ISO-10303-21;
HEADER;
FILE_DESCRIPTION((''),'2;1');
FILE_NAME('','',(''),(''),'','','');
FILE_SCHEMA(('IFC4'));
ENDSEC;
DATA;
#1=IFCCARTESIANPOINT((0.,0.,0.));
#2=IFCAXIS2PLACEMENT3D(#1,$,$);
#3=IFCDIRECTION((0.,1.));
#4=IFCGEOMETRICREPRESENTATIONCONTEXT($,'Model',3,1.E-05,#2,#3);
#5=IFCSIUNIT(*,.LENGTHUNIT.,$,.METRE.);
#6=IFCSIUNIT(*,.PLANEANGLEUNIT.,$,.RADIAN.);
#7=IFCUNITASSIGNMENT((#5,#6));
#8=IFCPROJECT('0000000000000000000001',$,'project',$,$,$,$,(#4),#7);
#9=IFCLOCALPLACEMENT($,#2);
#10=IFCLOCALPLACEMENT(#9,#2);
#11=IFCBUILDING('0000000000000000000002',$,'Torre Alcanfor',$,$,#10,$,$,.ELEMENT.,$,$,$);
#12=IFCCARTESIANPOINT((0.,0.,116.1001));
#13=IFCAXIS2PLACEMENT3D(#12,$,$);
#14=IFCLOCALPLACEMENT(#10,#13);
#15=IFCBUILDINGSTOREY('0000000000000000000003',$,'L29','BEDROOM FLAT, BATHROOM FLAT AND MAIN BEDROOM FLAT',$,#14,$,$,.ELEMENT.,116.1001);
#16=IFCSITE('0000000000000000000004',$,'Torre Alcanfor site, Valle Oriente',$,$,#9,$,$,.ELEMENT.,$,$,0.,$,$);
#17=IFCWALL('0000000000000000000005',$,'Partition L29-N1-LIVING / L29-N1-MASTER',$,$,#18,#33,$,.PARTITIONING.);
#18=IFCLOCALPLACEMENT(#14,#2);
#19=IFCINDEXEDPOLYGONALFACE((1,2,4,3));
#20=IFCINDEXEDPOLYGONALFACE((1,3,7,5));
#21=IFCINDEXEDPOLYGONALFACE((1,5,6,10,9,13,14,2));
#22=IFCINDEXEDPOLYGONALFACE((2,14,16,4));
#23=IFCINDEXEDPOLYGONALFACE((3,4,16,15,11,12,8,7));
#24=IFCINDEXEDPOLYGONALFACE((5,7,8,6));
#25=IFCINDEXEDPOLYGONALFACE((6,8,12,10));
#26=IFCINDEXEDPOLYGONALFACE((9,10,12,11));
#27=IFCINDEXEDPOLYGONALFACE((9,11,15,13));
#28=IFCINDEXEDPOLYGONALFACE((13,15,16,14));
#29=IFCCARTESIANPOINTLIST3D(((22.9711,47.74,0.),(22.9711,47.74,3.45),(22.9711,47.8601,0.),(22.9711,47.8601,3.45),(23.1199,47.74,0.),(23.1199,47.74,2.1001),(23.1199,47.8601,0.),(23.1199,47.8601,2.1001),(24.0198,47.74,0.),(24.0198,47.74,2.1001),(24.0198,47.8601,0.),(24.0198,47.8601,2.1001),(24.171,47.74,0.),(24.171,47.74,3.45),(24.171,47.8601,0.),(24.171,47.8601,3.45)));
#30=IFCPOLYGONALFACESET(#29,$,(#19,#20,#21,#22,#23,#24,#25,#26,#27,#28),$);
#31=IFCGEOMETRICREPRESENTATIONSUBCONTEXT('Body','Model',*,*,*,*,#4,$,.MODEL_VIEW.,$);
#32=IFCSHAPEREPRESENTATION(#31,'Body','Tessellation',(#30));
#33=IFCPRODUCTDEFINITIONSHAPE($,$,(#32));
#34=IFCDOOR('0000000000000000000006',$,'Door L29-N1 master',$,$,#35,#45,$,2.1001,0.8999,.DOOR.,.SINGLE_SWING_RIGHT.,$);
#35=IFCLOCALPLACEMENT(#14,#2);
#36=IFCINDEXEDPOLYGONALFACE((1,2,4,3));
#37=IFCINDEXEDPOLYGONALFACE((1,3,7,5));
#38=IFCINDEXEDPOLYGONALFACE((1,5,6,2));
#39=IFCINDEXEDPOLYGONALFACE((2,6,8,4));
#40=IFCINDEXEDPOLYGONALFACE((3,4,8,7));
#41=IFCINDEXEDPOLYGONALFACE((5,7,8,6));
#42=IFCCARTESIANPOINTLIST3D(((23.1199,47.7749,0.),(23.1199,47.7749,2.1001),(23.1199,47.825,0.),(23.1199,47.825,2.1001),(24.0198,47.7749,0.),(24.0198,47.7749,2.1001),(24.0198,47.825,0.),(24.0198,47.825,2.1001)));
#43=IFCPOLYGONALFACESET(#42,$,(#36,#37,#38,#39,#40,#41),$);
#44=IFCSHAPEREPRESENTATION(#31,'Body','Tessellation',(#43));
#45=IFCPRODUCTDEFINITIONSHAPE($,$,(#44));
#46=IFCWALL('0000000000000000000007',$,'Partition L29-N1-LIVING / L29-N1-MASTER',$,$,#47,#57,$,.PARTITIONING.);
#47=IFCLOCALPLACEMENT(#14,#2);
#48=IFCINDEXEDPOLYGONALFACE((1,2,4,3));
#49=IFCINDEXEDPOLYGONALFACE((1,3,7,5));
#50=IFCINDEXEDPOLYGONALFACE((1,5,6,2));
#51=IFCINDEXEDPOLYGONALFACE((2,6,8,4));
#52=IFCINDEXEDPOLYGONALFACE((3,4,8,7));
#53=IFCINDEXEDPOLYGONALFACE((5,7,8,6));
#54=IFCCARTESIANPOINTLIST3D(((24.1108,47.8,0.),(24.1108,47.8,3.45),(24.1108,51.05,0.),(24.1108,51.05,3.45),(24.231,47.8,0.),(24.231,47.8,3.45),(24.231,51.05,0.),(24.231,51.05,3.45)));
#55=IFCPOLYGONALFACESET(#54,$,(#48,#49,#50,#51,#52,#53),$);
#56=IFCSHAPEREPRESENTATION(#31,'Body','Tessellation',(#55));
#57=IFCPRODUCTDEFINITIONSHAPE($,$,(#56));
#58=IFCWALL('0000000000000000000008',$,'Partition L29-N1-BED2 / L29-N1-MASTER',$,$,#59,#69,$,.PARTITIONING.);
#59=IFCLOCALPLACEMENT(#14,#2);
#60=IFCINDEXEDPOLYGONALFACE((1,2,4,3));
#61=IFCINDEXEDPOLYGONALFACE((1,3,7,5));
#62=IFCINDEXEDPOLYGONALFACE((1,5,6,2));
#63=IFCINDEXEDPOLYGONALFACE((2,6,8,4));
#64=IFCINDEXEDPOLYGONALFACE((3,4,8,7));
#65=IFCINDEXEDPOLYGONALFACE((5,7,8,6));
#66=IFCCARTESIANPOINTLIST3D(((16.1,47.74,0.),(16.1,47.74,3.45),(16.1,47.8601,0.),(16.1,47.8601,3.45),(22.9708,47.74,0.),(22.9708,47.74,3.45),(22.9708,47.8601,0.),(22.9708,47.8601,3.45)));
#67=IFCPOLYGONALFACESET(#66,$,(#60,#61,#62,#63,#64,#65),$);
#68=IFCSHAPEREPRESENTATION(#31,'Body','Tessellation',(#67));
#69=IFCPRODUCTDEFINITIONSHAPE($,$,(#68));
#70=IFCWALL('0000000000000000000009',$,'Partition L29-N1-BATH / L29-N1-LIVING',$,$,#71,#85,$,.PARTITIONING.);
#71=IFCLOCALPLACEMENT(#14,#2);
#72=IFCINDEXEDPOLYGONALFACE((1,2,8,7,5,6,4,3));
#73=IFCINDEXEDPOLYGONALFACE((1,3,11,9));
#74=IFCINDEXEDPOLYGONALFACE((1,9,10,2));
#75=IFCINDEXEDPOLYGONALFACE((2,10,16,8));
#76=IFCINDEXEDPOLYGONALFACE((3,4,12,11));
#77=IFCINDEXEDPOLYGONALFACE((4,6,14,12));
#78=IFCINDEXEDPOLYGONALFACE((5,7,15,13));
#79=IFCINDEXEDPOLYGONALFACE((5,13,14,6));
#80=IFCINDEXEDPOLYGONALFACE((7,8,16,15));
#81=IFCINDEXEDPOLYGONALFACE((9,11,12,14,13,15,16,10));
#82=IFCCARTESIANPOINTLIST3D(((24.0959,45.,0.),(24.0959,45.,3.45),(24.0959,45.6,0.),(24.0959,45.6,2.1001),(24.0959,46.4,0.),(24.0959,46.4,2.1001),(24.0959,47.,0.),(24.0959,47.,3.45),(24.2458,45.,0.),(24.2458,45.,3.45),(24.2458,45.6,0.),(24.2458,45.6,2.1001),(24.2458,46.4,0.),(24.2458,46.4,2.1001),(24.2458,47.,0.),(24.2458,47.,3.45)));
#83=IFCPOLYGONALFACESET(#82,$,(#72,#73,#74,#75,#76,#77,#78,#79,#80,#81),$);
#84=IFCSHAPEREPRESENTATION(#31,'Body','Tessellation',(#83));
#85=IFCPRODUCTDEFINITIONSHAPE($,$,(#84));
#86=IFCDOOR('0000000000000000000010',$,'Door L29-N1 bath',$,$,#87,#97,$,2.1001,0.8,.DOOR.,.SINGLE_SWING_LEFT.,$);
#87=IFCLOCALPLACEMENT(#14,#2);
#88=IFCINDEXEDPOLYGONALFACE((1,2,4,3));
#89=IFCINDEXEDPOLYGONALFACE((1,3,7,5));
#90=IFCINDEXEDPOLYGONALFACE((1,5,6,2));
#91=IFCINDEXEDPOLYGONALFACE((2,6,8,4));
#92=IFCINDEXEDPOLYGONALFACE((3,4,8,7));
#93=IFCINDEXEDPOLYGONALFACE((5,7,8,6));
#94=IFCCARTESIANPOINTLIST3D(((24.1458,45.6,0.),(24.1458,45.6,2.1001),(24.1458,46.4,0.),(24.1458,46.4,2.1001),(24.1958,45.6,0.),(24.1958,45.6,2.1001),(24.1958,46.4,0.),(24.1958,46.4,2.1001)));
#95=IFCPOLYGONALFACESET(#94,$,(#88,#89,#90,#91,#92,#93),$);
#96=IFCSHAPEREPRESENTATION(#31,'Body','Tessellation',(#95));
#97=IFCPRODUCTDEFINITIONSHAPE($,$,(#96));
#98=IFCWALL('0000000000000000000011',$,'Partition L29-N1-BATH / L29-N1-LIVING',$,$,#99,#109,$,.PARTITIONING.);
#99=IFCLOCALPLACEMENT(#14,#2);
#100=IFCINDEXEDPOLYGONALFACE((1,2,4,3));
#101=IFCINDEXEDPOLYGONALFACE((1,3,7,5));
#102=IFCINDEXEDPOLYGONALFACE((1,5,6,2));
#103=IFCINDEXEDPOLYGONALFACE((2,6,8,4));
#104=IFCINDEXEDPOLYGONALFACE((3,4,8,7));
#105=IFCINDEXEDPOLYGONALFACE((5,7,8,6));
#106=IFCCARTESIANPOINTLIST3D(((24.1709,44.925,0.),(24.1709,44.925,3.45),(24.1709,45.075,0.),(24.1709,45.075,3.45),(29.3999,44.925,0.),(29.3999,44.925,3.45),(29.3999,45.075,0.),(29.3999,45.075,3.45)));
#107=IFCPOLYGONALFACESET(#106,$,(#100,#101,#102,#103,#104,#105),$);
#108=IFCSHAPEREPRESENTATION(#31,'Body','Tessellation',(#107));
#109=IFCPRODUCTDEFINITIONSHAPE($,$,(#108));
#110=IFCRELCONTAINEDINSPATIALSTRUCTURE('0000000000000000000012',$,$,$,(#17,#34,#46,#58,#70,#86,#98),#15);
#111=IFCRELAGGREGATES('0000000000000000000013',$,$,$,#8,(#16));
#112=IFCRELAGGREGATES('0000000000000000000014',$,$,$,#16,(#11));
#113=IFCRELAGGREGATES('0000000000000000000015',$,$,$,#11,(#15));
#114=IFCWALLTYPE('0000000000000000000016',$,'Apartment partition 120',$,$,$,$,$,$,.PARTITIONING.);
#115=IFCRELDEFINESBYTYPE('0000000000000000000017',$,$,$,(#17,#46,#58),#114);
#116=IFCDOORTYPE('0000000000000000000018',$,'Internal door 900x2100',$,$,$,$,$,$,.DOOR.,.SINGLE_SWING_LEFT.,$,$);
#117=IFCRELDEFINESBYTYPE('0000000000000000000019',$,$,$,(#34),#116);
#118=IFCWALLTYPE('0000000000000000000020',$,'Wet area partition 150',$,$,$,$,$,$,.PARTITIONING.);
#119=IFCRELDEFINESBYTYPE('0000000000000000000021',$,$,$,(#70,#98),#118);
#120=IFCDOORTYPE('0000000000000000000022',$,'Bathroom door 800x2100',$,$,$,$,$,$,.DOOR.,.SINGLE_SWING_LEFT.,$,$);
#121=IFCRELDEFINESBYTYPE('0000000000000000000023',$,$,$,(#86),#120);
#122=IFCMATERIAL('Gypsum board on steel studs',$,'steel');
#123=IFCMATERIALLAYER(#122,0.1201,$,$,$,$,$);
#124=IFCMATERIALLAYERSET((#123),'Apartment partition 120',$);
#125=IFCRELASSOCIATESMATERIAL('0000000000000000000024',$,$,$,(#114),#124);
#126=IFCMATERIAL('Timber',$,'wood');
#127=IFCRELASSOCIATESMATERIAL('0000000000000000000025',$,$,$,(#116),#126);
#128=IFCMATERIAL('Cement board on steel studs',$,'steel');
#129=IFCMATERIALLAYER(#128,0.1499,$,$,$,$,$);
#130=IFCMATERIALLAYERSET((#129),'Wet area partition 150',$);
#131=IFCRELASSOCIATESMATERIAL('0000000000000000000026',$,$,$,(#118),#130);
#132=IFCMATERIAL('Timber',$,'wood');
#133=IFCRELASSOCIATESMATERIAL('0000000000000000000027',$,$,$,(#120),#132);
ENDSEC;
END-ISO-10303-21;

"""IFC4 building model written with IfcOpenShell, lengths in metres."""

from ifc_helpers import new_model, si_unit, direction, frame, frame_2d, origin, place, context, subcontext, project, spatial, rectangle, extrude, material, layer, layer_set, type_object, element, fill, save


model = new_model("IFC4")

# Units and contexts
model_context = context("Model", 3, precision=1e-05, world=origin(), true_north=direction((0.0, 1.0)))
body_context = subcontext(model_context, "Body", "Model", "MODEL_VIEW")
ifc_project = project(units=[si_unit("LENGTHUNIT", "METRE"), si_unit("PLANEANGLEUNIT", "RADIAN")], contexts=[model_context])

# Site, building, storey
site_placement = place(None, origin())
site = spatial("IfcSite", under=ifc_project, at=site_placement, Name="Torre Alcanfor site, Valle Oriente", CompositionType="ELEMENT", RefElevation=0.0)
building_placement = place(site_placement, origin())
building = spatial("IfcBuilding", under=site, at=building_placement, Name="Torre Alcanfor", CompositionType="ELEMENT")
storey_placement = place(building_placement, frame((0.0, 0.0, 116.1001)))
storey = spatial("IfcBuildingStorey", under=building, at=storey_placement, Name="L29", Description="BEDROOM FLAT, BATHROOM FLAT AND MAIN BEDROOM FLAT", CompositionType="ELEMENT", Elevation=116.1001)

# Wall, opening, door
ifc_material_1 = material(Name="Gypsum board on steel studs", Category="steel")
ifc_layer_1 = layer(ifc_material_1, 0.1201)
ifc_layer_set_1 = layer_set([ifc_layer_1], Name="Apartment partition 120")
wall_type_1 = type_object("IfcWallType", Name="Apartment partition 120", PredefinedType="PARTITIONING", material=ifc_layer_set_1)
ifc_material_2 = material(Name="Timber", Category="wood")
door_type_1 = type_object("IfcDoorType", Name="Internal door 900x2100", OperationType="SINGLE_SWING_LEFT", PredefinedType="DOOR", material=ifc_material_2)
wall_1_placement = place(storey_placement, frame((22.9709, 47.8, 0.0), z_axis=(0.0, 0.0, 1.0), x_axis=(1.0, 0.0, 0.0)))
wall_1 = element("IfcWall", 1, at=wall_1_placement, inside=storey, type_object=wall_type_1, Name="Partition L29-N1-LIVING / L29-N1-MASTER", PredefinedType="PARTITIONING", context=body_context, shape_type="SweptSolid", body=[
    extrude(rectangle(XDim=1.2, YDim=0.1201, at=frame_2d((0.6001, 0.0))), origin(), (0.0, 0.0, 1.0), 3.45),
])
opening_1_placement = place(wall_1_placement, frame((0.1489, 0.0, 0.0)))
opening_1 = element("IfcOpeningElement", 2, at=opening_1_placement, cuts=wall_1, PredefinedType="OPENING", context=body_context, shape_type="SweptSolid", body=[
    extrude(rectangle(XDim=0.8999, YDim=2.1001, at=frame_2d((0.45, 1.05))), frame((0.0, 0.0701, 0.0), z_axis=(0.0, -1.0, 0.0), x_axis=(1.0, 0.0, 0.0)), (0.0, 0.0, 1.0), 0.1401),
])
door_1_placement = place(opening_1_placement, origin())
door_1 = element("IfcDoor", 3, at=door_1_placement, inside=storey, type_object=door_type_1, Name="Door L29-N1 master", OperationType="SINGLE_SWING_RIGHT", OverallHeight=2.1001, OverallWidth=0.8999, PredefinedType="DOOR", context=body_context, shape_type="SweptSolid", body=[
    extrude(rectangle(XDim=0.8999, YDim=2.1001, at=frame_2d((0.45, 1.05))), frame((0.0, 0.0249, 0.0), z_axis=(0.0, -1.0, 0.0), x_axis=(1.0, 0.0, 0.0)), (0.0, 0.0, 1.0), 0.05),
])
fill(opening_1, door_1)

# Walls
wall_2_placement = place(storey_placement, frame((24.1709, 47.8, 0.0), z_axis=(0.0, 0.0, 1.0), x_axis=(0.0, 1.0, 0.0)))
element("IfcWall", 4, at=wall_2_placement, inside=storey, type_object=wall_type_1, Name="Partition L29-N1-LIVING / L29-N1-MASTER", PredefinedType="PARTITIONING", context=body_context, shape_type="SweptSolid", body=[
    extrude(rectangle(XDim=3.25, YDim=0.1201, at=frame_2d((1.625, 0.0))), origin(), (0.0, 0.0, 1.0), 3.45),
])
wall_3_placement = place(storey_placement, frame((22.9709, 47.8, 0.0), z_axis=(0.0, 0.0, 1.0), x_axis=(-1.0, 0.0, 0.0)))
element("IfcWall", 5, at=wall_3_placement, inside=storey, type_object=wall_type_1, Name="Partition L29-N1-BED2 / L29-N1-MASTER", PredefinedType="PARTITIONING", context=body_context, shape_type="SweptSolid", body=[
    extrude(rectangle(XDim=6.8708, YDim=0.1201, at=frame_2d((3.4355, 0.0))), origin(), (0.0, 0.0, 1.0), 3.45),
])

# Wall, opening, door
ifc_material_3 = material(Name="Cement board on steel studs", Category="steel")
ifc_layer_2 = layer(ifc_material_3, 0.1499)
ifc_layer_set_2 = layer_set([ifc_layer_2], Name="Wet area partition 150")
wall_type_2 = type_object("IfcWallType", Name="Wet area partition 150", PredefinedType="PARTITIONING", material=ifc_layer_set_2)
wall_4_placement = place(storey_placement, frame((24.1709, 47.0, 0.0), z_axis=(0.0, 0.0, 1.0), x_axis=(0.0, -1.0, 0.0)))
wall_4 = element("IfcWall", 6, at=wall_4_placement, inside=storey, type_object=wall_type_2, Name="Partition L29-N1-BATH / L29-N1-LIVING", PredefinedType="PARTITIONING", context=body_context, shape_type="SweptSolid", body=[
    extrude(rectangle(XDim=2.0, YDim=0.1499, at=frame_2d((1.0, 0.0))), origin(), (0.0, 0.0, 1.0), 3.45),
])
opening_2_placement = place(wall_4_placement, frame((0.6001, 0.0, 0.0)))
opening_2 = element("IfcOpeningElement", 7, at=opening_2_placement, cuts=wall_4, PredefinedType="OPENING", context=body_context, shape_type="SweptSolid", body=[
    extrude(rectangle(XDim=0.8, YDim=2.1001, at=frame_2d((0.3999, 1.05))), frame((0.0, 0.085, 0.0), z_axis=(0.0, -1.0, 0.0), x_axis=(1.0, 0.0, 0.0)), (0.0, 0.0, 1.0), 0.1699),
])
ifc_material_4 = material(Name="Timber", Category="wood")
door_type_2 = type_object("IfcDoorType", Name="Bathroom door 800x2100", OperationType="SINGLE_SWING_LEFT", PredefinedType="DOOR", material=ifc_material_4)
door_2_placement = place(opening_2_placement, origin())
door_2 = element("IfcDoor", 8, at=door_2_placement, inside=storey, type_object=door_type_2, Name="Door L29-N1 bath", OperationType="SINGLE_SWING_LEFT", OverallHeight=2.1001, OverallWidth=0.8, PredefinedType="DOOR", context=body_context, shape_type="SweptSolid", body=[
    extrude(rectangle(XDim=0.8, YDim=2.1001, at=frame_2d((0.3999, 1.05))), frame((0.0, 0.0249, 0.0), z_axis=(0.0, -1.0, 0.0), x_axis=(1.0, 0.0, 0.0)), (0.0, 0.0, 1.0), 0.05),
])
fill(opening_2, door_2)

# Wall
wall_5_placement = place(storey_placement, frame((24.1709, 45.0, 0.0), z_axis=(0.0, 0.0, 1.0), x_axis=(1.0, 0.0, 0.0)))
element("IfcWall", 9, at=wall_5_placement, inside=storey, type_object=wall_type_2, Name="Partition L29-N1-BATH / L29-N1-LIVING", PredefinedType="PARTITIONING", context=body_context, shape_type="SweptSolid", body=[
    extrude(rectangle(XDim=5.229, YDim=0.1499, at=frame_2d((2.6145, 0.0))), origin(), (0.0, 0.0, 1.0), 3.45),
])

save(model, "model.ifc")
